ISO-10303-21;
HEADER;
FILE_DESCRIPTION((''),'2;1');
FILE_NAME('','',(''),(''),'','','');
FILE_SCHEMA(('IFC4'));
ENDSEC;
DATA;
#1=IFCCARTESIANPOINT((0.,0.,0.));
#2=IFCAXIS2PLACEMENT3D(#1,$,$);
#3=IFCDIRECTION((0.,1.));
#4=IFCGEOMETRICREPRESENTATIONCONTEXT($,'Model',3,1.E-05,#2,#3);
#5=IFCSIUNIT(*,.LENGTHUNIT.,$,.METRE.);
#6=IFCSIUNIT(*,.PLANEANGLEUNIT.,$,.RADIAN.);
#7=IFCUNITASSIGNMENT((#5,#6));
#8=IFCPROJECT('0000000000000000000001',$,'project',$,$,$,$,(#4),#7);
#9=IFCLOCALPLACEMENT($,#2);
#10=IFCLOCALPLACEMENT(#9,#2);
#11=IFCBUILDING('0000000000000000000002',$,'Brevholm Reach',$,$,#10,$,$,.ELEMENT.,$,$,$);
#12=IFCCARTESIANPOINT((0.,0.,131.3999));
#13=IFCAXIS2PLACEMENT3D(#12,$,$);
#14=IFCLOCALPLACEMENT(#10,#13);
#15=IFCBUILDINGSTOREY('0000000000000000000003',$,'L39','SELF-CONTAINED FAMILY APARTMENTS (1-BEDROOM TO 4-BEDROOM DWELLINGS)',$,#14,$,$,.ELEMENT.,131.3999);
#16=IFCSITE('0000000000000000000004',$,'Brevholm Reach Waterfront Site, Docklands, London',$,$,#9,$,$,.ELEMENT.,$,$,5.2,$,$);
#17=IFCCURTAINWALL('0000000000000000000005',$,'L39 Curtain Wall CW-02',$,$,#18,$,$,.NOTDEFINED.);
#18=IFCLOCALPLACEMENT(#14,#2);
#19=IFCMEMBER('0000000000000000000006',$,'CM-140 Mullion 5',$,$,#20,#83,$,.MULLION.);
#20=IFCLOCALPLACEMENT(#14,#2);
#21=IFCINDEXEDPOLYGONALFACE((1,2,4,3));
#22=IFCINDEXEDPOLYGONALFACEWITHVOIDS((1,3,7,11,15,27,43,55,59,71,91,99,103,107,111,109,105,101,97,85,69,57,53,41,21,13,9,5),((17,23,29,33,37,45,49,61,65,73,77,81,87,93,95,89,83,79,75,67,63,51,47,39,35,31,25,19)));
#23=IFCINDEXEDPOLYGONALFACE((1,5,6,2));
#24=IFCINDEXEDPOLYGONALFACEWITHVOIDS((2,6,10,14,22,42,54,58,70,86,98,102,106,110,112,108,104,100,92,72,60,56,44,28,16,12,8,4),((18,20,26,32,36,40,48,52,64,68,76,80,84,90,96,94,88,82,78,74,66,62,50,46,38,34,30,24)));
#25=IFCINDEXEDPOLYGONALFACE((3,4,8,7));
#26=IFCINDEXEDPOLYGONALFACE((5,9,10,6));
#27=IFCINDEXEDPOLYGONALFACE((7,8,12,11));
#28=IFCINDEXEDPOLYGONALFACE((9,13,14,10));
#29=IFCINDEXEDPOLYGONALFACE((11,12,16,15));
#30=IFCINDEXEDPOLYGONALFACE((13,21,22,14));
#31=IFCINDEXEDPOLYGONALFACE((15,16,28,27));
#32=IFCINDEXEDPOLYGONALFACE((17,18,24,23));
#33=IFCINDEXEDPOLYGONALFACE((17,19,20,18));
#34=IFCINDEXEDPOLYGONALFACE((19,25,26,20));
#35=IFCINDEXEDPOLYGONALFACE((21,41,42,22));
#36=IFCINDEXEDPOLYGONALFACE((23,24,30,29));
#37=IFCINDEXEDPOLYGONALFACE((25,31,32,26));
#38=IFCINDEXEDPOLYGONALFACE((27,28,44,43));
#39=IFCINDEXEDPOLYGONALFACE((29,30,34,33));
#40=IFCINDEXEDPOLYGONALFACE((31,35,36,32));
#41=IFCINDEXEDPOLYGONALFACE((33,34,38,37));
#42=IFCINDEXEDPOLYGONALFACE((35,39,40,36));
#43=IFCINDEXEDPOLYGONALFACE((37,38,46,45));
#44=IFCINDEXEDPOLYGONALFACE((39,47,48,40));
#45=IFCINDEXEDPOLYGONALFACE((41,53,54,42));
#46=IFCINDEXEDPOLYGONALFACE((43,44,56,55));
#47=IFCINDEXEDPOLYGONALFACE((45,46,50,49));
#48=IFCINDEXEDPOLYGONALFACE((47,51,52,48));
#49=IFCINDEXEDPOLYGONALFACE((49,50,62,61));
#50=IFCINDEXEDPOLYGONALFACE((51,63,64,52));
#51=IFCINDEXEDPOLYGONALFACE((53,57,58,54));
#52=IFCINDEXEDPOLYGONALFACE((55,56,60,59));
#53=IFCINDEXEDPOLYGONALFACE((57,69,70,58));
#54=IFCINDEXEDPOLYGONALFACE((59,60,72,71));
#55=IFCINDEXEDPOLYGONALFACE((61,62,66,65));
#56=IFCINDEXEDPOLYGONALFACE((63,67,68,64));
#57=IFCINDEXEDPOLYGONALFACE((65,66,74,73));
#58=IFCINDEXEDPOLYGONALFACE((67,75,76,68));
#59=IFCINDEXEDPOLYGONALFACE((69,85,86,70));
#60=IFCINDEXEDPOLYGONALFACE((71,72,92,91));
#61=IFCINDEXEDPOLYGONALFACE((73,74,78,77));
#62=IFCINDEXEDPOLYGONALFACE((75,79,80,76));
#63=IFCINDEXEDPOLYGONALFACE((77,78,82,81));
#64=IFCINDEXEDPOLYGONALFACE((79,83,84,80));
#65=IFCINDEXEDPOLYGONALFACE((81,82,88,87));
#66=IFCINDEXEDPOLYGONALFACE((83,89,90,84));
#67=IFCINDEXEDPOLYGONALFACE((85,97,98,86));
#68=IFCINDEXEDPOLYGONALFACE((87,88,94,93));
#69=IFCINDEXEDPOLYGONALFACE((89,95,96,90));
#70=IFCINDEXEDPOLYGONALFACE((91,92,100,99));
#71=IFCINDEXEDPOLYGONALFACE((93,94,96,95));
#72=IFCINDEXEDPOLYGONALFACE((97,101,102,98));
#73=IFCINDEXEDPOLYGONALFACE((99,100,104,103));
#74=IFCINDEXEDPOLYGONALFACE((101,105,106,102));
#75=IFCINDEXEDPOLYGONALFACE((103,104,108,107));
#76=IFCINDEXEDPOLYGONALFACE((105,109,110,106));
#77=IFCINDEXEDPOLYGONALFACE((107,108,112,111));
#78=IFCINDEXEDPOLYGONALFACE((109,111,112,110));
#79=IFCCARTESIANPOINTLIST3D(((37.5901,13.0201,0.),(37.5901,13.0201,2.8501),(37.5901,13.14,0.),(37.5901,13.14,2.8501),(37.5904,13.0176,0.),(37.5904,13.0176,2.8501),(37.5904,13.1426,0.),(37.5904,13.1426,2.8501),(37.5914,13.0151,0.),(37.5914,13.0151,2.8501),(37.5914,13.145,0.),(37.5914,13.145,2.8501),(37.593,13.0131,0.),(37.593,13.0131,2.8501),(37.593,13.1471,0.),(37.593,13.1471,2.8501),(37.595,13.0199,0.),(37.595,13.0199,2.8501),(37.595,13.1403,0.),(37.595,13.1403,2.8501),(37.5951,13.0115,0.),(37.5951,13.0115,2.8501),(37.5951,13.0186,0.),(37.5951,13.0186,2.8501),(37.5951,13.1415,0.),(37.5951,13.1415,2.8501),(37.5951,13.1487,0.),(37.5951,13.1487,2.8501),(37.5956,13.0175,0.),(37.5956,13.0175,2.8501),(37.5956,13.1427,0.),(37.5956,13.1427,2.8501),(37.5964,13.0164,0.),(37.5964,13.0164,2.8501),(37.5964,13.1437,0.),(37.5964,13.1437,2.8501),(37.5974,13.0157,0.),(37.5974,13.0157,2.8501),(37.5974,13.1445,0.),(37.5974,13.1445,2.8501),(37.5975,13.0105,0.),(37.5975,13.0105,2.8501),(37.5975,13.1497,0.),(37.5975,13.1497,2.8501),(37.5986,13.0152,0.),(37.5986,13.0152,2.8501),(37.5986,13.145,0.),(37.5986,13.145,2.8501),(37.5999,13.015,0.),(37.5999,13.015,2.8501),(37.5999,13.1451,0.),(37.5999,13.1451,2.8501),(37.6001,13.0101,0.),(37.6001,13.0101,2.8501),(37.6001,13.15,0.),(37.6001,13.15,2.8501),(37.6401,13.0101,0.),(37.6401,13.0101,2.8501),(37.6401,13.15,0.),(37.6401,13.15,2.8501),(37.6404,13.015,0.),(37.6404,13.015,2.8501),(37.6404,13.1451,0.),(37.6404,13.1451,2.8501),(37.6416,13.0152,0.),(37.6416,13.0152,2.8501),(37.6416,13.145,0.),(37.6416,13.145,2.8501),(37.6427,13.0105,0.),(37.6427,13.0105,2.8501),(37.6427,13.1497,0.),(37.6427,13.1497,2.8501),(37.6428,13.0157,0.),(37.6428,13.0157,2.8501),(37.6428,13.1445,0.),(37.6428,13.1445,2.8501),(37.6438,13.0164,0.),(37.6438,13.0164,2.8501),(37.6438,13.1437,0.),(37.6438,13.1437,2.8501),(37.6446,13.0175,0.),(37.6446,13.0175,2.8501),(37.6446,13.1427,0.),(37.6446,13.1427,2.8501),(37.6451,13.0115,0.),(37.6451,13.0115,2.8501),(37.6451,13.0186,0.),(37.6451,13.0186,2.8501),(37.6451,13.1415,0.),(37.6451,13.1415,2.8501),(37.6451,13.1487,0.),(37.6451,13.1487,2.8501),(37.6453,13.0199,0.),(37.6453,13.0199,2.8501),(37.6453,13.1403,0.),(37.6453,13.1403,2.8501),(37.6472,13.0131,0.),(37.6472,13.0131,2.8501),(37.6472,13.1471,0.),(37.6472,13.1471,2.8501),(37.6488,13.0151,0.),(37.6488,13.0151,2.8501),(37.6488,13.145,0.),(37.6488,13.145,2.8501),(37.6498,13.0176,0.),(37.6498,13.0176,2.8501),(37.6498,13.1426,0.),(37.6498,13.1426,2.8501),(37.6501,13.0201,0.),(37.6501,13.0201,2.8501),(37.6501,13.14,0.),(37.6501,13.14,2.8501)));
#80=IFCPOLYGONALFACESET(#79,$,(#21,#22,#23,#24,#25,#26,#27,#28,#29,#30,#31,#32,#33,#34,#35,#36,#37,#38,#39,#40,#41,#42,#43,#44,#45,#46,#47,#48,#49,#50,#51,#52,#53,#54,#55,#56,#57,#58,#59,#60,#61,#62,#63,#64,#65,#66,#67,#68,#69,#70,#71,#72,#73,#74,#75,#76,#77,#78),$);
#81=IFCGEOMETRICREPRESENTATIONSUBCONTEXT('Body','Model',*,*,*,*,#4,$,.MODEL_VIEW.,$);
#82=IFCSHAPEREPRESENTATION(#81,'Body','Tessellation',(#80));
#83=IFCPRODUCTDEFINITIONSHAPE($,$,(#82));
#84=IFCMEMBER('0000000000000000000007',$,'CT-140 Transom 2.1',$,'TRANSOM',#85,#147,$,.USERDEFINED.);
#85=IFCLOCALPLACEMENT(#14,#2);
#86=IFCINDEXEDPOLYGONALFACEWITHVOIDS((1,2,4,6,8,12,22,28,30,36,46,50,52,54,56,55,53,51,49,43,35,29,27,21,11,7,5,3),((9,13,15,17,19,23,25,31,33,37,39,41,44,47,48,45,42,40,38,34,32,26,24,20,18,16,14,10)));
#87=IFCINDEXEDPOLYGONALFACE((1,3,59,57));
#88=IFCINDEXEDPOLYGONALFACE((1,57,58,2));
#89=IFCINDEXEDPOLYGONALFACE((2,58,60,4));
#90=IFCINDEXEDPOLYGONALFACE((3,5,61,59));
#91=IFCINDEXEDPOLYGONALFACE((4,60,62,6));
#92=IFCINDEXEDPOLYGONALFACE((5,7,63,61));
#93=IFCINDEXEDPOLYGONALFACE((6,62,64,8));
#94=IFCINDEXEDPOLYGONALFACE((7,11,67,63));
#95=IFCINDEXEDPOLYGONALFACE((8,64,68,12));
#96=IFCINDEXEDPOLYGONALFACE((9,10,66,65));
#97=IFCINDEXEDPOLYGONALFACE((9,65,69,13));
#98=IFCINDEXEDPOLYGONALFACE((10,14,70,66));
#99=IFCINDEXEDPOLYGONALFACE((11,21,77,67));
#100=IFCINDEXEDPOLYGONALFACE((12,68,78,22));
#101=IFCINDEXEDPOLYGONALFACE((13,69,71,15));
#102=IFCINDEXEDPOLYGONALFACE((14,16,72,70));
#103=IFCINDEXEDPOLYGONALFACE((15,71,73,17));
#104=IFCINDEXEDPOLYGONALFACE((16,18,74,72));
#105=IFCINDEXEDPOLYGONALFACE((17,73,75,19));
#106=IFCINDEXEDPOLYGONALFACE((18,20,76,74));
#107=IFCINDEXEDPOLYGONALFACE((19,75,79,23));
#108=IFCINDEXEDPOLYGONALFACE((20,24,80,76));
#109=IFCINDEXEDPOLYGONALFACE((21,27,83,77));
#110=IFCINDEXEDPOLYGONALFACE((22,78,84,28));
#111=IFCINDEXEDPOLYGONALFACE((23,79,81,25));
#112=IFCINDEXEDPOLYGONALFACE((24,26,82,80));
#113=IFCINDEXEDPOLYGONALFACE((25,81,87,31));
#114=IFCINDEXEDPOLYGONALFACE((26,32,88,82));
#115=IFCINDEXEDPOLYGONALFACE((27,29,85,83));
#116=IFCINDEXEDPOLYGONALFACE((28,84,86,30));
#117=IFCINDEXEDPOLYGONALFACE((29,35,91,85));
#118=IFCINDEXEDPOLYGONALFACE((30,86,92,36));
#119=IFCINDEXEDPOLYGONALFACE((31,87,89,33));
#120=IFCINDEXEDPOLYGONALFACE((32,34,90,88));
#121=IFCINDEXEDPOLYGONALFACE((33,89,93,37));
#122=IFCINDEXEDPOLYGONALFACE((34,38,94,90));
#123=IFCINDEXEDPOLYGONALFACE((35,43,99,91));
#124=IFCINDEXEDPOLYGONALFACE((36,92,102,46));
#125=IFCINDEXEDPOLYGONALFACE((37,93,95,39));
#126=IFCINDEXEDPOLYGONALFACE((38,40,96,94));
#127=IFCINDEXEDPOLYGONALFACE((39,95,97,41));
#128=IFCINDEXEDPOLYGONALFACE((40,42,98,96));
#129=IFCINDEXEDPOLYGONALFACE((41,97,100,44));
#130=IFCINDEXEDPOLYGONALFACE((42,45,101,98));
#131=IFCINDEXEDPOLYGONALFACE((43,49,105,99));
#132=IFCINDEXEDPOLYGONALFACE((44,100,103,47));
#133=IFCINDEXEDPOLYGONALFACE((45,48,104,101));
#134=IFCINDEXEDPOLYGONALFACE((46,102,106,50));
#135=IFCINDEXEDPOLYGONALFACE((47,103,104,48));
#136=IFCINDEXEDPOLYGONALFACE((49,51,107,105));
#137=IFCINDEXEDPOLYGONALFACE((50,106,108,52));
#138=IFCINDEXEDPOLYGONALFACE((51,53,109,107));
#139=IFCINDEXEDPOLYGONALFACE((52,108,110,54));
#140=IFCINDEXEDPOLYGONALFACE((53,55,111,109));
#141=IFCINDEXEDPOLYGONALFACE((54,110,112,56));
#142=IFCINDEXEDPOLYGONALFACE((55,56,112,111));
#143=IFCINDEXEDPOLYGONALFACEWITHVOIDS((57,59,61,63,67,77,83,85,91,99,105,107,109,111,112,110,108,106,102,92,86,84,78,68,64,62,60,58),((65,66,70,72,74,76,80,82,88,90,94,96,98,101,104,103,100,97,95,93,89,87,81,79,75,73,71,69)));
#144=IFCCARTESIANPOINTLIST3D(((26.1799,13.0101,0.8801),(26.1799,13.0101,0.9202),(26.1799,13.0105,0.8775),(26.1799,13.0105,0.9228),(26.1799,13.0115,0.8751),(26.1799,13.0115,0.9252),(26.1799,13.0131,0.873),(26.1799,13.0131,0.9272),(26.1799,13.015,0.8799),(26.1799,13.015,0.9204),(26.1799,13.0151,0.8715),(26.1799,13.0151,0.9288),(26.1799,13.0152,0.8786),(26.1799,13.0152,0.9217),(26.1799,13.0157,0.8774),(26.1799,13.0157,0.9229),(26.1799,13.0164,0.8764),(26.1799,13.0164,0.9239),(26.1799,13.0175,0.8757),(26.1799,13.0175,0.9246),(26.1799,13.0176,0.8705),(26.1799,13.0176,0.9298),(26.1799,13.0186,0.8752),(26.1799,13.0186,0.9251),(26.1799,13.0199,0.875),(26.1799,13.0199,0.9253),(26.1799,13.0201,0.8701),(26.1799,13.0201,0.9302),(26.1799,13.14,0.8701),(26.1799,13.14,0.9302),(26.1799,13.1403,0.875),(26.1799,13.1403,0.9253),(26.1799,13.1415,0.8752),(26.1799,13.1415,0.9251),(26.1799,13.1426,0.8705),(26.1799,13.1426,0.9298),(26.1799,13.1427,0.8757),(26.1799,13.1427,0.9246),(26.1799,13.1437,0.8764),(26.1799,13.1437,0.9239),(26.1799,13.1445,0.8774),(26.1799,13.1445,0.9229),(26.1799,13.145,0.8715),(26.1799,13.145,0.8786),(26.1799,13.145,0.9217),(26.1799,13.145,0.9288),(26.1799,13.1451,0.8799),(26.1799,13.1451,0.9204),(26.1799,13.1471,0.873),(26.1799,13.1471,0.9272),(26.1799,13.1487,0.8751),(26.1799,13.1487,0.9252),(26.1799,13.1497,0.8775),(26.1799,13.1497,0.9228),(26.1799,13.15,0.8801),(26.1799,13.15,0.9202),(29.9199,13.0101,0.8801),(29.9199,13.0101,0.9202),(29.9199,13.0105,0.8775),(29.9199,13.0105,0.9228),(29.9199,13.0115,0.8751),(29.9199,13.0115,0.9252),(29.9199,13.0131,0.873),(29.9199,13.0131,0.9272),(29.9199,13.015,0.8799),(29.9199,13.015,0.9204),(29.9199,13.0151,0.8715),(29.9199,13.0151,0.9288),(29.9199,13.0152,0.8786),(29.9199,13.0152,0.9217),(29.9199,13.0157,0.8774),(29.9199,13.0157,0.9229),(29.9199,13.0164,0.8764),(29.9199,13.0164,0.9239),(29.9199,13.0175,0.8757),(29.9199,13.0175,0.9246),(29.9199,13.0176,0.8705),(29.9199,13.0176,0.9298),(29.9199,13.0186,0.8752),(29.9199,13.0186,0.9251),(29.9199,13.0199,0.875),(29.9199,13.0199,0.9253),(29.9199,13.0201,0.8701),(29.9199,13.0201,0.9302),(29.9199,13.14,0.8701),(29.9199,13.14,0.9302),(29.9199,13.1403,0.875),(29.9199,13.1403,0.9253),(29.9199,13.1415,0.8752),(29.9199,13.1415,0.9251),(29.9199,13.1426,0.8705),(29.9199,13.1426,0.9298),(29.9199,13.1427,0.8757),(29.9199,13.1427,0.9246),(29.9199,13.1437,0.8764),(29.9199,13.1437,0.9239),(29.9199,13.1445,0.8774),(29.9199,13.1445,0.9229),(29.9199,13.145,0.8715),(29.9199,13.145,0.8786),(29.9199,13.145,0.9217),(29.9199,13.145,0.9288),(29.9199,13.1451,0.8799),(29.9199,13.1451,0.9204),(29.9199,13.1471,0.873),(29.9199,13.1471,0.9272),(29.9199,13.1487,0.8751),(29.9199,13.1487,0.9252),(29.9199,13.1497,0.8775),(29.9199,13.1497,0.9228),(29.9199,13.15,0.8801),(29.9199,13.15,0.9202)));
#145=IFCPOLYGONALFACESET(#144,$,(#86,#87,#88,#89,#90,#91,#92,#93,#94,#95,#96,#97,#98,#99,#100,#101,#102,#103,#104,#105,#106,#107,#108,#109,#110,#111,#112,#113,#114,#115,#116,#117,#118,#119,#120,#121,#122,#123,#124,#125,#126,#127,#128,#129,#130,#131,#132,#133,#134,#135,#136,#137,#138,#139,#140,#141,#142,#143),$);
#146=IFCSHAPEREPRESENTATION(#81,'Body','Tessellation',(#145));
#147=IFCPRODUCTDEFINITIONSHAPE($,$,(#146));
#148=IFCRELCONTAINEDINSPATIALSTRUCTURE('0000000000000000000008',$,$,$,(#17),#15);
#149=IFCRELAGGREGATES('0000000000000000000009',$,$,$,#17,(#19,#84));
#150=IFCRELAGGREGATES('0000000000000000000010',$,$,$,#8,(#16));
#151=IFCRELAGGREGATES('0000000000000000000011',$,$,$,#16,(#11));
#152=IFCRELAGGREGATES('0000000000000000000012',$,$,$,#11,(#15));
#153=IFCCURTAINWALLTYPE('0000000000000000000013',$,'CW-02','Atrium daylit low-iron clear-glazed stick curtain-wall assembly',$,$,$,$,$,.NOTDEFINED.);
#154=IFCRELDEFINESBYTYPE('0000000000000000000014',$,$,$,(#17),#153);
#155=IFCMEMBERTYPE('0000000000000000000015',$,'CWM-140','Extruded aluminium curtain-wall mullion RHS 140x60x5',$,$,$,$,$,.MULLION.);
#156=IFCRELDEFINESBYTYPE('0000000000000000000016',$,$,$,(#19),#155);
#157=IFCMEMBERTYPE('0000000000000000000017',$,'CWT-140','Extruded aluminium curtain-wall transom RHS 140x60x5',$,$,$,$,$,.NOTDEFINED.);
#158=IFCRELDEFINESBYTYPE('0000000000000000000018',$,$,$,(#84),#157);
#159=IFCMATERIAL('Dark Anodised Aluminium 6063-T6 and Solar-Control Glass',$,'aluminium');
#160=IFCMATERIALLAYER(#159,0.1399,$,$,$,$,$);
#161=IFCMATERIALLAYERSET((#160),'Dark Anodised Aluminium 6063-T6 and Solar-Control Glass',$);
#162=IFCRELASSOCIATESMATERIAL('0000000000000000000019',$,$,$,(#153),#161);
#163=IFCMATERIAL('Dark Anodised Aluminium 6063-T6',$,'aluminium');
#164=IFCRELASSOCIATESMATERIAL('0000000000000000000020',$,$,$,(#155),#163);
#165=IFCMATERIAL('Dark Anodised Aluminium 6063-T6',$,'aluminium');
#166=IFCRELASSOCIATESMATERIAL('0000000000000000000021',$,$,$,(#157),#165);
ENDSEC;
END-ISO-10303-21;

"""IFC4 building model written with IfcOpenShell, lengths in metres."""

from ifc_helpers import new_model, si_unit, direction, frame, origin, origin_2d, place, context, subcontext, project, spatial, hollow_rectangle, extrude, material, layer, layer_set, material_profile, profile_set, type_object, element, aggregate, save


model = new_model("IFC4")

# Units and contexts
model_context = context("Model", 3, precision=1e-05, world=origin(), true_north=direction((0.0, 1.0)))
body_context = subcontext(model_context, "Body", "Model", "MODEL_VIEW")
ifc_project = project(units=[si_unit("LENGTHUNIT", "METRE"), si_unit("PLANEANGLEUNIT", "RADIAN")], contexts=[model_context])

# Site, building, storey
site_placement = place(None, origin())
site = spatial("IfcSite", under=ifc_project, at=site_placement, Name="Brevholm Reach Waterfront Site, Docklands, London", CompositionType="ELEMENT", RefElevation=5.2)
building_placement = place(site_placement, origin())
building = spatial("IfcBuilding", under=site, at=building_placement, Name="Brevholm Reach", CompositionType="ELEMENT")
storey_placement = place(building_placement, frame((0.0, 0.0, 131.3999)))
storey = spatial("IfcBuildingStorey", under=building, at=storey_placement, Name="L39", Description="SELF-CONTAINED FAMILY APARTMENTS (1-BEDROOM TO 4-BEDROOM DWELLINGS)", CompositionType="ELEMENT", Elevation=131.3999)

# Curtain wall, members
ifc_material_1 = material(Name="Dark Anodised Aluminium 6063-T6 and Solar-Control Glass", Category="aluminium")
ifc_layer_1 = layer(ifc_material_1, 0.1399)
ifc_layer_set_1 = layer_set([ifc_layer_1], Name="Dark Anodised Aluminium 6063-T6 and Solar-Control Glass")
curtain_wall_type = type_object("IfcCurtainWallType", Name="CW-02", Description="Atrium daylit low-iron clear-glazed stick curtain-wall assembly", PredefinedType="NOTDEFINED", material=ifc_layer_set_1)
curtain_wall_placement = place(storey_placement, origin())
curtain_wall = element("IfcCurtainWall", 1, at=curtain_wall_placement, inside=storey, type_object=curtain_wall_type, Name="L39 Curtain Wall CW-02", PredefinedType="NOTDEFINED")
ifc_material_2 = material(Name="Dark Anodised Aluminium 6063-T6", Category="aluminium")
ifc_material_profile_1 = material_profile(ifc_material_2, hollow_rectangle(XDim=0.0601, YDim=0.1399, WallThickness=0.0049, InnerFilletRadius=0.0049, OuterFilletRadius=0.01, at=origin_2d()), Name="RHS 140x60x5")
ifc_profile_set_1 = profile_set([ifc_material_profile_1], Name="Dark Anodised Aluminium 6063-T6")
member_type_1 = type_object("IfcMemberType", Name="CWM-140", Description="Extruded aluminium curtain-wall mullion RHS 140x60x5", PredefinedType="MULLION", material=ifc_profile_set_1)
member_1_placement = place(storey_placement, frame((37.6201, 13.0801, 0.0), z_axis=(0.0, 0.0, 1.0), x_axis=(1.0, 0.0, 0.0)))
member_1 = element("IfcMember", 2, at=member_1_placement, type_object=member_type_1, Name="CM-140 Mullion 5", PredefinedType="MULLION", context=body_context, shape_type="SweptSolid", body=[
    extrude(hollow_rectangle(XDim=0.0601, YDim=0.1399, WallThickness=0.0049, InnerFilletRadius=0.0049, OuterFilletRadius=0.01, at=origin_2d()), origin(), (0.0, 0.0, 1.0), 2.8501),
])
ifc_material_3 = material(Name="Dark Anodised Aluminium 6063-T6", Category="aluminium")
ifc_material_profile_2 = material_profile(ifc_material_3, hollow_rectangle(XDim=0.0601, YDim=0.1399, WallThickness=0.0049, InnerFilletRadius=0.0049, OuterFilletRadius=0.01, at=origin_2d()), Name="RHS 140x60x5")
ifc_profile_set_2 = profile_set([ifc_material_profile_2], Name="Dark Anodised Aluminium 6063-T6")
member_type_2 = type_object("IfcMemberType", Name="CWT-140", Description="Extruded aluminium curtain-wall transom RHS 140x60x5", PredefinedType="NOTDEFINED", material=ifc_profile_set_2)
member_2_placement = place(storey_placement, frame((26.1799, 13.0801, 0.9001), z_axis=(1.0, 0.0, 0.0), x_axis=(0.0, 0.0, 1.0)))
member_2 = element("IfcMember", 3, at=member_2_placement, type_object=member_type_2, Name="CT-140 Transom 2.1", ObjectType="TRANSOM", PredefinedType="USERDEFINED", context=body_context, shape_type="SweptSolid", body=[
    extrude(hollow_rectangle(XDim=0.0601, YDim=0.1399, WallThickness=0.0049, InnerFilletRadius=0.0049, OuterFilletRadius=0.01, at=origin_2d()), origin(), (0.0, 0.0, 1.0), 3.74),
])
aggregate(curtain_wall, [member_1, member_2])

save(model, "model.ifc")
